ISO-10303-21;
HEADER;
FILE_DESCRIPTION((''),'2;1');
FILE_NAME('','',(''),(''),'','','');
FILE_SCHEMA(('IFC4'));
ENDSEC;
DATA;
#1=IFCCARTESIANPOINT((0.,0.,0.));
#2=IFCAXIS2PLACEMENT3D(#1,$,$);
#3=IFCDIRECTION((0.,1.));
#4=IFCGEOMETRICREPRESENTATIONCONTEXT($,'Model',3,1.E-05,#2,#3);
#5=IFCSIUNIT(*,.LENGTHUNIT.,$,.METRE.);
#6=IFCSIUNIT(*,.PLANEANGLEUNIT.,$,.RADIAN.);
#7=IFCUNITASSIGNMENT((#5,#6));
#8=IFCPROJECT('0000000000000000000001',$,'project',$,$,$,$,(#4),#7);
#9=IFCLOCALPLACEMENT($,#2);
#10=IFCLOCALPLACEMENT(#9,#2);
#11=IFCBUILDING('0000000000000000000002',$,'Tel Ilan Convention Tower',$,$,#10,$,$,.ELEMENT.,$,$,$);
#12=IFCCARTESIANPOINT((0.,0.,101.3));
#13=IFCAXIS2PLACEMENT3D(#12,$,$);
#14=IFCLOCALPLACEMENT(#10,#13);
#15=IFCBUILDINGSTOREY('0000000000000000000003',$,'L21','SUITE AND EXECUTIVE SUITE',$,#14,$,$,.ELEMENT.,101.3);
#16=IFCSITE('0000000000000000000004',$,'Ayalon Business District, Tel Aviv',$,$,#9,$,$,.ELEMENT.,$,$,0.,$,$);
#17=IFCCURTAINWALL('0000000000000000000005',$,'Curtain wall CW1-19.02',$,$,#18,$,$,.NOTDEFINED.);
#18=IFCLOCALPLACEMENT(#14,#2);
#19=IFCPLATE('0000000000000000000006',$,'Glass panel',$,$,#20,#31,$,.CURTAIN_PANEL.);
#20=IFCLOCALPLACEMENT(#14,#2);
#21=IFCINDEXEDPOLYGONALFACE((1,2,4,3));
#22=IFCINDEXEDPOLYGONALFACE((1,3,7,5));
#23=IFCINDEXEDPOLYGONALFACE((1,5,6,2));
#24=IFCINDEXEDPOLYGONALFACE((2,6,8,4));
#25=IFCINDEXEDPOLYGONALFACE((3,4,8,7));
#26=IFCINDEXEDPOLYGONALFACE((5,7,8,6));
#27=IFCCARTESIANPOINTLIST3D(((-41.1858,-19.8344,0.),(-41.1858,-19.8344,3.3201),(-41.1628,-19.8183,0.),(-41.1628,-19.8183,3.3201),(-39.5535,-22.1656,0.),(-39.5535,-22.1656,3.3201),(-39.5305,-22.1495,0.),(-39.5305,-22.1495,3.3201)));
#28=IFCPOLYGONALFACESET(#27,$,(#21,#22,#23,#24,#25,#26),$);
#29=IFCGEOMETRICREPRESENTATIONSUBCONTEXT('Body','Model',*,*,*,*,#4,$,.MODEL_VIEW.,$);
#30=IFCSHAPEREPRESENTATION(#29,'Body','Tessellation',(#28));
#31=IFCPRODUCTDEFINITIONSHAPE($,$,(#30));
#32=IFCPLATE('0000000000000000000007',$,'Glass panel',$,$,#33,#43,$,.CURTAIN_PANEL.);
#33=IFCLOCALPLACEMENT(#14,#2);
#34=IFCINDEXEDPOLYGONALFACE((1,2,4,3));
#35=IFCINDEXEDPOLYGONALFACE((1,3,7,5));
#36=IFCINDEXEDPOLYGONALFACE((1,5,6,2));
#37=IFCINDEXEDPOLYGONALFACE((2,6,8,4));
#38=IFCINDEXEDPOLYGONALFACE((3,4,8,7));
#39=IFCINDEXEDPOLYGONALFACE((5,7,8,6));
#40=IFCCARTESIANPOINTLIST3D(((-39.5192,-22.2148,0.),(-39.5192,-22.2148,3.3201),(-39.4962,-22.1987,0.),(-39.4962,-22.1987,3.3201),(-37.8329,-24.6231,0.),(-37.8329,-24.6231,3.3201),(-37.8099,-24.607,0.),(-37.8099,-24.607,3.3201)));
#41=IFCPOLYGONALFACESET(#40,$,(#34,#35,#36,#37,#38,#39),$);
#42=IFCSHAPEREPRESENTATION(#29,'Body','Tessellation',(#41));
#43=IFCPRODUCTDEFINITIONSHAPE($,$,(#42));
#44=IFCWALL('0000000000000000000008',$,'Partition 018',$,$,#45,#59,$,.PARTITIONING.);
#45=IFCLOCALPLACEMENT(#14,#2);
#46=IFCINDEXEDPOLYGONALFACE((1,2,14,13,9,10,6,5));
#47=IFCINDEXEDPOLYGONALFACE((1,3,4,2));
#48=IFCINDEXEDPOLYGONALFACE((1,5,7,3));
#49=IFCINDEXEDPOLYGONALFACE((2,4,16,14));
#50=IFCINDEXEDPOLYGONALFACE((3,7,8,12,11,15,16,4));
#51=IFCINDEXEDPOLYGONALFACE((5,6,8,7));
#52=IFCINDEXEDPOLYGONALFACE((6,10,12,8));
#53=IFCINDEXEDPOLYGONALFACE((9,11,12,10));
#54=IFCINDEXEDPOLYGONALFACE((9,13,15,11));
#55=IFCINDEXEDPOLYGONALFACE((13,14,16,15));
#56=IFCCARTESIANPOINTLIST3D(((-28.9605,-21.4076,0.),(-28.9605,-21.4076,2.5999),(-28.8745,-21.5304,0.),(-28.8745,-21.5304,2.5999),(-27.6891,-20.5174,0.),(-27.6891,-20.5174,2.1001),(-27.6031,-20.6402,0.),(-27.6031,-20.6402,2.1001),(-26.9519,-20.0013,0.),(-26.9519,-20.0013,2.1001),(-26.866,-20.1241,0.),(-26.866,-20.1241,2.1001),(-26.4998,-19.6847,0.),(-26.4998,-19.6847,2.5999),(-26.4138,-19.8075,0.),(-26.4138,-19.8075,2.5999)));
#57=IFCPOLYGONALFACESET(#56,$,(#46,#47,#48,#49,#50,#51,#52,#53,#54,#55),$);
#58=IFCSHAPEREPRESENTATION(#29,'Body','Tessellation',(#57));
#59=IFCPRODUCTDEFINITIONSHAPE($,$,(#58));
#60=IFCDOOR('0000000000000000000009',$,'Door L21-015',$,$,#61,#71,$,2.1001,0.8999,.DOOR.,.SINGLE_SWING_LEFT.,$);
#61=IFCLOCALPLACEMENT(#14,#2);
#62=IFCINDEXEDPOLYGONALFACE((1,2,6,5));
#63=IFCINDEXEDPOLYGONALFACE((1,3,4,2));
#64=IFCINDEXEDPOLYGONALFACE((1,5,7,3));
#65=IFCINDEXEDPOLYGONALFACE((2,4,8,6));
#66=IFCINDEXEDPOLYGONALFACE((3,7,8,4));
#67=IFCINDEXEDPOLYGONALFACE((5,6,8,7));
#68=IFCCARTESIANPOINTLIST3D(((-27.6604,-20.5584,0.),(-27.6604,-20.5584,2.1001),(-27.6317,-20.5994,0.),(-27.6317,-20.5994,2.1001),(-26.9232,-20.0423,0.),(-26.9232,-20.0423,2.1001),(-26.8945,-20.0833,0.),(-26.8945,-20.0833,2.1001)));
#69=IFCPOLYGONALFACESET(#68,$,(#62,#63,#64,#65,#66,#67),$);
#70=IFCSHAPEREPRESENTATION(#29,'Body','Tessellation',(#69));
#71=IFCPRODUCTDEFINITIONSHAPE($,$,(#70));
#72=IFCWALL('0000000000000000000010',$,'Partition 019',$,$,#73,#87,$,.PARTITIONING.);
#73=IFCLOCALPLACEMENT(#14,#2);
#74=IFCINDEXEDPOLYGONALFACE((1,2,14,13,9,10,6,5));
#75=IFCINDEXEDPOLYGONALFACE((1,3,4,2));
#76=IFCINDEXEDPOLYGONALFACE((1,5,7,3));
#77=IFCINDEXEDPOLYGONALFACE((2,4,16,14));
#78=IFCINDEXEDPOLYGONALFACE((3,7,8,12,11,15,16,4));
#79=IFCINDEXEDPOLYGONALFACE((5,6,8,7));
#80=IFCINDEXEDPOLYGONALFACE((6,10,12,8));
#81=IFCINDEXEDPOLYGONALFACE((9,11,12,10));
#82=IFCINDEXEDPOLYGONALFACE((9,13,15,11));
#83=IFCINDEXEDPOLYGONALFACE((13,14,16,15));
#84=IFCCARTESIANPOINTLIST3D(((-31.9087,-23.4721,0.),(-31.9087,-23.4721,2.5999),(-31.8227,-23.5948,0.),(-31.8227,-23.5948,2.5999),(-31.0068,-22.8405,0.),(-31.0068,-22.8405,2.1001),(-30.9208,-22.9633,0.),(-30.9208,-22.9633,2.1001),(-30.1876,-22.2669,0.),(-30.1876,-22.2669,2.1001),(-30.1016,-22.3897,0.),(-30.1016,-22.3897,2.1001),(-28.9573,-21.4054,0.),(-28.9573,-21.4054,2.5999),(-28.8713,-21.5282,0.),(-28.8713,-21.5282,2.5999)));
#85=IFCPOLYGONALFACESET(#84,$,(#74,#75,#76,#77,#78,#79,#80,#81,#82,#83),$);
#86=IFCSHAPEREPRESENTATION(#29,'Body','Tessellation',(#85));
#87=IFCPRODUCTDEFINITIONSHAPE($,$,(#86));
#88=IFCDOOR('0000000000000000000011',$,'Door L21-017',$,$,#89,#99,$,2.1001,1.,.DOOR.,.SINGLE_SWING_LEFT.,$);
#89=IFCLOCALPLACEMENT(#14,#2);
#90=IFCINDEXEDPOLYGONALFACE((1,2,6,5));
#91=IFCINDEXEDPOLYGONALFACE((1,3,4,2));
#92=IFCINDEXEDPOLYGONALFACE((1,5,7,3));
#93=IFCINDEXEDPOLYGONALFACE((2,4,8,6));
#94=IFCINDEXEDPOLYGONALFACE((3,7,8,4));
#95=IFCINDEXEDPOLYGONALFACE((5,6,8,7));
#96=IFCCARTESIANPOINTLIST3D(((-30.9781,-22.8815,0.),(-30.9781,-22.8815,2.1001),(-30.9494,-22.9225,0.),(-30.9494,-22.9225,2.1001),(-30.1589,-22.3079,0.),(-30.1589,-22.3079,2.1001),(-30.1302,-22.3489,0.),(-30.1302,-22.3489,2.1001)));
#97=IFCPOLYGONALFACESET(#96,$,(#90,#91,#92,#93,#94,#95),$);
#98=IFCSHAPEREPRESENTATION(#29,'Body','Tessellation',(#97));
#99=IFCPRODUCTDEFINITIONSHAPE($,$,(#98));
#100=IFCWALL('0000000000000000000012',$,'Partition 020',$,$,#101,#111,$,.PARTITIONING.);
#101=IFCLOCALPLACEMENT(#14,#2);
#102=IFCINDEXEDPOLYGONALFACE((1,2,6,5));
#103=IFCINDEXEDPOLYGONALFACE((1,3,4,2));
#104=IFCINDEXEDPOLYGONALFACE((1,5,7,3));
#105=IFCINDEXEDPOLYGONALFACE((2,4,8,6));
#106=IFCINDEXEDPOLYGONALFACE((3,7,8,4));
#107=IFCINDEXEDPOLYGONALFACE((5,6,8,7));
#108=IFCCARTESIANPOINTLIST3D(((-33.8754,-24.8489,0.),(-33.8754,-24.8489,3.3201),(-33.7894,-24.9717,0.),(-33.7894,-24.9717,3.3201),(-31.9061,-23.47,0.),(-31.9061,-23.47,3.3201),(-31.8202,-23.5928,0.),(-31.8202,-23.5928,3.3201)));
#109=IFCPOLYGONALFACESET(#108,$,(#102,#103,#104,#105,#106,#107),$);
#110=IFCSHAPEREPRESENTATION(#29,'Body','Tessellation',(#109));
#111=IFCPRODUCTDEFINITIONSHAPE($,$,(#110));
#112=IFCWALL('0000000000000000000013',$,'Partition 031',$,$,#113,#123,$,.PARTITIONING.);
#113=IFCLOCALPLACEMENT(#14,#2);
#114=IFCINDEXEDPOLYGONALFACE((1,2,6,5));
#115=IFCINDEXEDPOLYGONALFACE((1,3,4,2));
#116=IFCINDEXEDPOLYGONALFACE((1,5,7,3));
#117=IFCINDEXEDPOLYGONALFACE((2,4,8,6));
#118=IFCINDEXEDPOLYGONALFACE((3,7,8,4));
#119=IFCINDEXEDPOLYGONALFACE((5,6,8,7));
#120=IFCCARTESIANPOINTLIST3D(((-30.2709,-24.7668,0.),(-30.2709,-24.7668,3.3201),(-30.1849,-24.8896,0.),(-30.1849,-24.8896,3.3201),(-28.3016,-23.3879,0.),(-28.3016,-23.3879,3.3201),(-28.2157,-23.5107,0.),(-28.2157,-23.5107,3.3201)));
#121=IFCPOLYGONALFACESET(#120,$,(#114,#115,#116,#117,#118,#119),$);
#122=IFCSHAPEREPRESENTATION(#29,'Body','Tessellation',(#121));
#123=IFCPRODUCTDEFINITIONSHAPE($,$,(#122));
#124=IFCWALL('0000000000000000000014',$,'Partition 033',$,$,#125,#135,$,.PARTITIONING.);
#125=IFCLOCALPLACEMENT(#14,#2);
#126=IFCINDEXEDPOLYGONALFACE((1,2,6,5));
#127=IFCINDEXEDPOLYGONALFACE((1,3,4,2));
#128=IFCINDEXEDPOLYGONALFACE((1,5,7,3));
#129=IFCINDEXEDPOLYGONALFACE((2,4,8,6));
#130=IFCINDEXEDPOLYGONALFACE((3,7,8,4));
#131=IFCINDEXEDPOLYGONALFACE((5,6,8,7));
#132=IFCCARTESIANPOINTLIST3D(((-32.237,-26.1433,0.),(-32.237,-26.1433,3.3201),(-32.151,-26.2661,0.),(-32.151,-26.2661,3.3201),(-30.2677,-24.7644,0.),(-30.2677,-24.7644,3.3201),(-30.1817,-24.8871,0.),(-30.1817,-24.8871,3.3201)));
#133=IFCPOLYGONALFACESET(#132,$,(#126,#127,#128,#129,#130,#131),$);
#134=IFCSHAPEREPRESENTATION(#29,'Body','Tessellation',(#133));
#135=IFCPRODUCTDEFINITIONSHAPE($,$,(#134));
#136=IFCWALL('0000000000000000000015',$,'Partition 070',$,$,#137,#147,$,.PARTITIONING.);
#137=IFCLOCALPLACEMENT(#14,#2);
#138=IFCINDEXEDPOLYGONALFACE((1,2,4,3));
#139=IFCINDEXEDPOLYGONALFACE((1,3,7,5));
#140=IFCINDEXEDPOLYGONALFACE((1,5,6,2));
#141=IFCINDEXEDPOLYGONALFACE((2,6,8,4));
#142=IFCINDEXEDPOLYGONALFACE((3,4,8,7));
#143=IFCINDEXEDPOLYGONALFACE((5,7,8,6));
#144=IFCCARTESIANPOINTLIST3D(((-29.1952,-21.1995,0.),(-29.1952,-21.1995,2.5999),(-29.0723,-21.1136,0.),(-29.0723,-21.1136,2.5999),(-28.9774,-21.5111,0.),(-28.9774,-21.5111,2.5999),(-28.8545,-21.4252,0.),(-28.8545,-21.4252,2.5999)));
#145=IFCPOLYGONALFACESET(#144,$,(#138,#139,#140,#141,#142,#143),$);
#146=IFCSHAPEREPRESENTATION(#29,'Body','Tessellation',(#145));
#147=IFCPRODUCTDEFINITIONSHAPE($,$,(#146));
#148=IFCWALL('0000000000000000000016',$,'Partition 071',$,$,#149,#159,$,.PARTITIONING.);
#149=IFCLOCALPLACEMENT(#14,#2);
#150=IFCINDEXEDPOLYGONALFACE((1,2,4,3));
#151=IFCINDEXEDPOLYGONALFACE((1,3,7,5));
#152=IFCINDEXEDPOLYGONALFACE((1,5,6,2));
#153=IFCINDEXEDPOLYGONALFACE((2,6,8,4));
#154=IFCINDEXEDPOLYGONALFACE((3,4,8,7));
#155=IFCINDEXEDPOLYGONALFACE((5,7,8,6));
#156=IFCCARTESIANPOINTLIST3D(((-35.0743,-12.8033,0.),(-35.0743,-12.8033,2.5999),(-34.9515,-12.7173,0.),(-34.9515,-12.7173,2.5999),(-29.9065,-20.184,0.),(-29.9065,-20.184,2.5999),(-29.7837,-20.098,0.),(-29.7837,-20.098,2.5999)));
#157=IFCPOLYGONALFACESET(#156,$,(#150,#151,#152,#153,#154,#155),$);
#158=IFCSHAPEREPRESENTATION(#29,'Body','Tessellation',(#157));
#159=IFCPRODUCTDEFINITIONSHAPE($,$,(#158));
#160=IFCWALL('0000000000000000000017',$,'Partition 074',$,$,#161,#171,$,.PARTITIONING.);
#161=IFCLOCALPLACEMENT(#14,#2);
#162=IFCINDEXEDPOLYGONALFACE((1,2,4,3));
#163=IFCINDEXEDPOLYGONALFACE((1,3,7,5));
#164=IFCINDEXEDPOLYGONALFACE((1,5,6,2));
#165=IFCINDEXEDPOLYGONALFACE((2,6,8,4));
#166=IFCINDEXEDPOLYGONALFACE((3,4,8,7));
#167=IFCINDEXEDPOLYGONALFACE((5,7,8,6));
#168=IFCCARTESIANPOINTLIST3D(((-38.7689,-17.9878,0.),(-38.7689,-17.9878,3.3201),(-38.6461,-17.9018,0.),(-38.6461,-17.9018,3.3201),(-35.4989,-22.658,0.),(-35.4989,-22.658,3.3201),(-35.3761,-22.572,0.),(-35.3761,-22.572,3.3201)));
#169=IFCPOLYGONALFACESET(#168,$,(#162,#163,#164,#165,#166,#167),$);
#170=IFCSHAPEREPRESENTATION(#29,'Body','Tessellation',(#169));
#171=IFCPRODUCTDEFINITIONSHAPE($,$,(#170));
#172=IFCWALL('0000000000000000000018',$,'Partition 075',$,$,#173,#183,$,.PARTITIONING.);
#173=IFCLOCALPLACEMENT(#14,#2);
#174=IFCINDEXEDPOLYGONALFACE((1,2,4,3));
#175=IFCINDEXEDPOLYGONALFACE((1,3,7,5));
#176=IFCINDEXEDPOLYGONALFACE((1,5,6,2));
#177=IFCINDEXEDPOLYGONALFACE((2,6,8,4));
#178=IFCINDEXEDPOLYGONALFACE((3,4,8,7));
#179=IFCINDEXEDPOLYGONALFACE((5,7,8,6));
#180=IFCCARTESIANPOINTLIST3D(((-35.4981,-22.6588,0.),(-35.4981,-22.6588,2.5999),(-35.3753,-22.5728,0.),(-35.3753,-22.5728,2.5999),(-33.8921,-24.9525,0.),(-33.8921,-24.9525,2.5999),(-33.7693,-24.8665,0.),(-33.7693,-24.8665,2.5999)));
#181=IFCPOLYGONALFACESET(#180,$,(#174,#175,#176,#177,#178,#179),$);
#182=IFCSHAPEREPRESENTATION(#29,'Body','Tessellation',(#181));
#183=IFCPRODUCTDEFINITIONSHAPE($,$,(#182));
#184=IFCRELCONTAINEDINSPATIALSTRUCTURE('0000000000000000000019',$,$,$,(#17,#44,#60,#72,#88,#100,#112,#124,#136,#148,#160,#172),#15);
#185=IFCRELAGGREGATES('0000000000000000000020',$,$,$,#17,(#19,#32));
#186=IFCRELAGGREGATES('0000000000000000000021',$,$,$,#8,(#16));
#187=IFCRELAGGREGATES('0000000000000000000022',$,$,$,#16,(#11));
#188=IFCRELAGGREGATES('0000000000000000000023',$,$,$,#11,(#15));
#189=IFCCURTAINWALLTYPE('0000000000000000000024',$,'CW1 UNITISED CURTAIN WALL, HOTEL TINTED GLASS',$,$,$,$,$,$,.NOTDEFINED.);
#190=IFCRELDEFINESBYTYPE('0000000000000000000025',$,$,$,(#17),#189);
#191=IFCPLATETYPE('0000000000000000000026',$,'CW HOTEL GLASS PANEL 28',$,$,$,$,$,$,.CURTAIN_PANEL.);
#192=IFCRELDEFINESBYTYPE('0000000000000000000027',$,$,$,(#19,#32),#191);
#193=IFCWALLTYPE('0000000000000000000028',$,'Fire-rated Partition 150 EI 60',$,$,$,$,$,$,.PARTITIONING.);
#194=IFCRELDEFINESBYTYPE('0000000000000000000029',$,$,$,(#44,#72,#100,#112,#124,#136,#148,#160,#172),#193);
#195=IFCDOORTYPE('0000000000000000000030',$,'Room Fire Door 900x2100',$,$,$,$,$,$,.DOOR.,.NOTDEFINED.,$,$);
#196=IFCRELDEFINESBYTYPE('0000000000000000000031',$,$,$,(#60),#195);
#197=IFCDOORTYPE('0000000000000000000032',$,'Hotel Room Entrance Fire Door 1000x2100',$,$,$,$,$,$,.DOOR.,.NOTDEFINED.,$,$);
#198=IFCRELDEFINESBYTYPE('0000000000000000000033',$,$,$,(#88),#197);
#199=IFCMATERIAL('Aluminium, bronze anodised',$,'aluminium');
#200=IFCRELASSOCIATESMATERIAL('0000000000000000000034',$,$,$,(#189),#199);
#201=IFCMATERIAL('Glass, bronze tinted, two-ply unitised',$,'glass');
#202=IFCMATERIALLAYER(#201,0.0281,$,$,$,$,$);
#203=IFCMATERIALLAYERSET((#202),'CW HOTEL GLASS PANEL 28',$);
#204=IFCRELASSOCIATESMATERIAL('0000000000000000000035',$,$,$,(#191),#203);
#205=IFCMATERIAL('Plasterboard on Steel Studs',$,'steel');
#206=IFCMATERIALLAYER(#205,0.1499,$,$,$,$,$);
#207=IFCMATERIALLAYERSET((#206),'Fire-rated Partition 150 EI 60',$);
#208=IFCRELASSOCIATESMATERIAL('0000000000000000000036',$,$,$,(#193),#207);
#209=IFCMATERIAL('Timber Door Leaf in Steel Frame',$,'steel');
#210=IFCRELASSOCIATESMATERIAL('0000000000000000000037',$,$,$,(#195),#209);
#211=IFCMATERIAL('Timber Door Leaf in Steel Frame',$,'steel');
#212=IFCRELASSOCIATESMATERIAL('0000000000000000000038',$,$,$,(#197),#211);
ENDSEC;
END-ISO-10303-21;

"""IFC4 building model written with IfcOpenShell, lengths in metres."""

from ifc_helpers import new_model, si_unit, direction, frame, frame_2d, origin, origin_2d, place, context, subcontext, project, spatial, rectangle, extrude, material, layer, layer_set, type_object, element, fill, aggregate, save


model = new_model("IFC4")

# Units and contexts
model_context = context("Model", 3, precision=1e-05, world=origin(), true_north=direction((0.0, 1.0)))
body_context = subcontext(model_context, "Body", "Model", "MODEL_VIEW")
ifc_project = project(units=[si_unit("LENGTHUNIT", "METRE"), si_unit("PLANEANGLEUNIT", "RADIAN")], contexts=[model_context])

# Site, building, storey
site_placement = place(None, origin())
site = spatial("IfcSite", under=ifc_project, at=site_placement, Name="Ayalon Business District, Tel Aviv", CompositionType="ELEMENT", RefElevation=0.0)
building_placement = place(site_placement, origin())
building = spatial("IfcBuilding", under=site, at=building_placement, Name="Tel Ilan Convention Tower", CompositionType="ELEMENT")
storey_placement = place(building_placement, frame((0.0, 0.0, 101.3)))
storey = spatial("IfcBuildingStorey", under=building, at=storey_placement, Name="L21", Description="SUITE AND EXECUTIVE SUITE", CompositionType="ELEMENT", Elevation=101.3)

# Curtain wall, plates
ifc_material_1 = material(Name="Aluminium, bronze anodised", Category="aluminium")
curtain_wall_type = type_object("IfcCurtainWallType", Name="CW1 UNITISED CURTAIN WALL, HOTEL TINTED GLASS", PredefinedType="NOTDEFINED", material=ifc_material_1)
curtain_wall_placement = place(storey_placement, origin())
curtain_wall = element("IfcCurtainWall", 1, at=curtain_wall_placement, inside=storey, type_object=curtain_wall_type, Name="Curtain wall CW1-19.02", PredefinedType="NOTDEFINED")
ifc_material_2 = material(Name="Glass, bronze tinted, two-ply unitised", Category="glass")
ifc_layer_1 = layer(ifc_material_2, 0.0281)
ifc_layer_set_1 = layer_set([ifc_layer_1], Name="CW HOTEL GLASS PANEL 28")
plate_type = type_object("IfcPlateType", Name="CW HOTEL GLASS PANEL 28", PredefinedType="CURTAIN_PANEL", material=ifc_layer_set_1)
plate_1_placement = place(storey_placement, frame((-40.3582, -20.9919, 0.0), z_axis=(0.0, 0.0, 1.0), x_axis=(0.573576, -0.819152, 0.0)))
plate_1 = element("IfcPlate", 2, at=plate_1_placement, type_object=plate_type, Name="Glass panel", PredefinedType="CURTAIN_PANEL", context=body_context, shape_type="SweptSolid", body=[
    extrude(rectangle(XDim=2.8459, YDim=0.0281, at=origin_2d()), origin(), (0.0, 0.0, 1.0), 3.3201),
])
plate_2_placement = place(storey_placement, frame((-38.6646, -23.4109, 0.0), z_axis=(0.0, 0.0, 1.0), x_axis=(0.573576, -0.819152, 0.0)))
plate_2 = element("IfcPlate", 3, at=plate_2_placement, type_object=plate_type, Name="Glass panel", PredefinedType="CURTAIN_PANEL", context=body_context, shape_type="SweptSolid", body=[
    extrude(rectangle(XDim=2.9399, YDim=0.0281, at=origin_2d()), origin(), (0.0, 0.0, 1.0), 3.3201),
])
aggregate(curtain_wall, [plate_1, plate_2])

# Walls, openings, doors
ifc_material_3 = material(Name="Plasterboard on Steel Studs", Category="steel")
ifc_layer_2 = layer(ifc_material_3, 0.1499)
ifc_layer_set_2 = layer_set([ifc_layer_2], Name="Fire-rated Partition 150 EI 60")
wall_type_1 = type_object("IfcWallType", Name="Fire-rated Partition 150 EI 60", PredefinedType="PARTITIONING", material=ifc_layer_set_2)
wall_1_placement = place(storey_placement, frame((-28.9175, -21.469, 0.0), z_axis=(0.0, 0.0, 1.0), x_axis=(0.819167, 0.573555, 0.0)))
wall_1 = element("IfcWall", 4, at=wall_1_placement, inside=storey, type_object=wall_type_1, Name="Partition 018", PredefinedType="PARTITIONING", context=body_context, shape_type="SweptSolid", body=[
    extrude(rectangle(XDim=3.0039, YDim=0.1499, at=frame_2d((1.502, 0.0))), origin(), (0.0, 0.0, 1.0), 2.5999),
])
opening_1_placement = place(wall_1_placement, frame((1.552, 0.0, 0.0)))
opening_1 = element("IfcOpeningElement", 5, at=opening_1_placement, cuts=wall_1, PredefinedType="OPENING", context=body_context, shape_type="SweptSolid", body=[
    extrude(rectangle(XDim=0.8999, YDim=2.1001, at=frame_2d((0.45, 1.05))), frame((0.0, 0.085, 0.0), z_axis=(0.0, -1.0, 0.0), x_axis=(1.0, 0.0, 0.0)), (0.0, 0.0, 1.0), 0.1699),
])
ifc_material_4 = material(Name="Timber Door Leaf in Steel Frame", Category="steel")
door_type_1 = type_object("IfcDoorType", Name="Room Fire Door 900x2100", OperationType="NOTDEFINED", PredefinedType="DOOR", material=ifc_material_4)
door_1_placement = place(opening_1_placement, origin())
door_1 = element("IfcDoor", 6, at=door_1_placement, inside=storey, type_object=door_type_1, Name="Door L21-015", OperationType="SINGLE_SWING_LEFT", OverallHeight=2.1001, OverallWidth=0.8999, PredefinedType="DOOR", context=body_context, shape_type="SweptSolid", body=[
    extrude(rectangle(XDim=0.8999, YDim=2.1001, at=frame_2d((0.45, 1.05))), frame((0.0, 0.0249, 0.0), z_axis=(0.0, -1.0, 0.0), x_axis=(1.0, 0.0, 0.0)), (0.0, 0.0, 1.0), 0.05),
])
fill(opening_1, door_1)
wall_2_placement = place(storey_placement, frame((-31.8657, -23.5334, 0.0), z_axis=(0.0, 0.0, 1.0), x_axis=(0.819146, 0.573585, 0.0)))
wall_2 = element("IfcWall", 7, at=wall_2_placement, inside=storey, type_object=wall_type_1, Name="Partition 019", PredefinedType="PARTITIONING", context=body_context, shape_type="SweptSolid", body=[
    extrude(rectangle(XDim=3.603, YDim=0.1499, at=frame_2d((1.8015, 0.0))), origin(), (0.0, 0.0, 1.0), 2.5999),
])
opening_2_placement = place(wall_2_placement, frame((1.1011, 0.0, 0.0)))
opening_2 = element("IfcOpeningElement", 8, at=opening_2_placement, cuts=wall_2, PredefinedType="OPENING", context=body_context, shape_type="SweptSolid", body=[
    extrude(rectangle(XDim=1.0, YDim=2.1001, at=frame_2d((0.5, 1.05))), frame((0.0, 0.085, 0.0), z_axis=(0.0, -1.0, 0.0), x_axis=(1.0, 0.0, 0.0)), (0.0, 0.0, 1.0), 0.1699),
])
ifc_material_5 = material(Name="Timber Door Leaf in Steel Frame", Category="steel")
door_type_2 = type_object("IfcDoorType", Name="Hotel Room Entrance Fire Door 1000x2100", OperationType="NOTDEFINED", PredefinedType="DOOR", material=ifc_material_5)
door_2_placement = place(opening_2_placement, origin())
door_2 = element("IfcDoor", 9, at=door_2_placement, inside=storey, type_object=door_type_2, Name="Door L21-017", OperationType="SINGLE_SWING_LEFT", OverallHeight=2.1001, OverallWidth=1.0, PredefinedType="DOOR", context=body_context, shape_type="SweptSolid", body=[
    extrude(rectangle(XDim=1.0, YDim=2.1001, at=frame_2d((0.5, 1.05))), frame((0.0, 0.0249, 0.0), z_axis=(0.0, -1.0, 0.0), x_axis=(1.0, 0.0, 0.0)), (0.0, 0.0, 1.0), 0.05),
])
fill(opening_2, door_2)

# Walls
for number, where, z_axis, x_axis, name in (
    (10, (-33.8325, -24.9104, 0.0), (0.0, 0.0, 1.0), (0.819146, 0.573585, 0.0), "Partition 020"),
    (11, (-28.2585, -23.4492, 0.0), (0.0, 0.0, 1.0), (-0.819146, -0.573585, 0.0), "Partition 031"),
    (12, (-30.2246, -24.8257, 0.0), (0.0, 0.0, 1.0), (-0.819146, -0.573585, 0.0), "Partition 033"),
):
    element("IfcWall", number, at=place(storey_placement, frame(where, z_axis=z_axis, x_axis=x_axis)), inside=storey, type_object=wall_type_1, Name=name, PredefinedType="PARTITIONING", context=body_context, shape_type="SweptSolid", body=[
        extrude(rectangle(XDim=2.4041, YDim=0.1499, at=frame_2d((1.2021, 0.0))), origin(), (0.0, 0.0, 1.0), 3.3201),
    ])
wall_3_placement = place(storey_placement, frame((-28.916, -21.468, 0.0), z_axis=(0.0, 0.0, 1.0), x_axis=(-0.572945, 0.819594, 0.0)))
element("IfcWall", 13, at=wall_3_placement, inside=storey, type_object=wall_type_1, Name="Partition 070", PredefinedType="PARTITIONING", context=body_context, shape_type="SweptSolid", body=[
    extrude(rectangle(XDim=0.3801, YDim=0.1499, at=frame_2d((0.1899, 0.0))), origin(), (0.0, 0.0, 1.0), 2.5999),
])
wall_4_placement = place(storey_placement, frame((-29.8452, -20.1409, 0.0), z_axis=(0.0, 0.0, 1.0), x_axis=(-0.573559, 0.819164, 0.0)))
element("IfcWall", 14, at=wall_4_placement, inside=storey, type_object=wall_type_1, Name="Partition 071", PredefinedType="PARTITIONING", context=body_context, shape_type="SweptSolid", body=[
    extrude(rectangle(XDim=9.01, YDim=0.1499, at=frame_2d((4.5049, 0.0))), origin(), (0.0, 0.0, 1.0), 2.5999),
])
wall_5_placement = place(storey_placement, frame((-35.4375, -22.615, 0.0), z_axis=(0.0, 0.0, 1.0), x_axis=(-0.573569, 0.819157, 0.0)))
element("IfcWall", 15, at=wall_5_placement, inside=storey, type_object=wall_type_1, Name="Partition 074", PredefinedType="PARTITIONING", context=body_context, shape_type="SweptSolid", body=[
    extrude(rectangle(XDim=5.7012, YDim=0.1499, at=frame_2d((2.8506, 0.0))), origin(), (0.0, 0.0, 1.0), 3.3201),
])
wall_6_placement = place(storey_placement, frame((-33.8308, -24.9094, 0.0), z_axis=(0.0, 0.0, 1.0), x_axis=(-0.57355, 0.81917, 0.0)))
element("IfcWall", 16, at=wall_6_placement, inside=storey, type_object=wall_type_1, Name="Partition 075", PredefinedType="PARTITIONING", context=body_context, shape_type="SweptSolid", body=[
    extrude(rectangle(XDim=2.8, YDim=0.1499, at=frame_2d((1.3999, 0.0))), origin(), (0.0, 0.0, 1.0), 2.5999),
])

save(model, "model.ifc")
